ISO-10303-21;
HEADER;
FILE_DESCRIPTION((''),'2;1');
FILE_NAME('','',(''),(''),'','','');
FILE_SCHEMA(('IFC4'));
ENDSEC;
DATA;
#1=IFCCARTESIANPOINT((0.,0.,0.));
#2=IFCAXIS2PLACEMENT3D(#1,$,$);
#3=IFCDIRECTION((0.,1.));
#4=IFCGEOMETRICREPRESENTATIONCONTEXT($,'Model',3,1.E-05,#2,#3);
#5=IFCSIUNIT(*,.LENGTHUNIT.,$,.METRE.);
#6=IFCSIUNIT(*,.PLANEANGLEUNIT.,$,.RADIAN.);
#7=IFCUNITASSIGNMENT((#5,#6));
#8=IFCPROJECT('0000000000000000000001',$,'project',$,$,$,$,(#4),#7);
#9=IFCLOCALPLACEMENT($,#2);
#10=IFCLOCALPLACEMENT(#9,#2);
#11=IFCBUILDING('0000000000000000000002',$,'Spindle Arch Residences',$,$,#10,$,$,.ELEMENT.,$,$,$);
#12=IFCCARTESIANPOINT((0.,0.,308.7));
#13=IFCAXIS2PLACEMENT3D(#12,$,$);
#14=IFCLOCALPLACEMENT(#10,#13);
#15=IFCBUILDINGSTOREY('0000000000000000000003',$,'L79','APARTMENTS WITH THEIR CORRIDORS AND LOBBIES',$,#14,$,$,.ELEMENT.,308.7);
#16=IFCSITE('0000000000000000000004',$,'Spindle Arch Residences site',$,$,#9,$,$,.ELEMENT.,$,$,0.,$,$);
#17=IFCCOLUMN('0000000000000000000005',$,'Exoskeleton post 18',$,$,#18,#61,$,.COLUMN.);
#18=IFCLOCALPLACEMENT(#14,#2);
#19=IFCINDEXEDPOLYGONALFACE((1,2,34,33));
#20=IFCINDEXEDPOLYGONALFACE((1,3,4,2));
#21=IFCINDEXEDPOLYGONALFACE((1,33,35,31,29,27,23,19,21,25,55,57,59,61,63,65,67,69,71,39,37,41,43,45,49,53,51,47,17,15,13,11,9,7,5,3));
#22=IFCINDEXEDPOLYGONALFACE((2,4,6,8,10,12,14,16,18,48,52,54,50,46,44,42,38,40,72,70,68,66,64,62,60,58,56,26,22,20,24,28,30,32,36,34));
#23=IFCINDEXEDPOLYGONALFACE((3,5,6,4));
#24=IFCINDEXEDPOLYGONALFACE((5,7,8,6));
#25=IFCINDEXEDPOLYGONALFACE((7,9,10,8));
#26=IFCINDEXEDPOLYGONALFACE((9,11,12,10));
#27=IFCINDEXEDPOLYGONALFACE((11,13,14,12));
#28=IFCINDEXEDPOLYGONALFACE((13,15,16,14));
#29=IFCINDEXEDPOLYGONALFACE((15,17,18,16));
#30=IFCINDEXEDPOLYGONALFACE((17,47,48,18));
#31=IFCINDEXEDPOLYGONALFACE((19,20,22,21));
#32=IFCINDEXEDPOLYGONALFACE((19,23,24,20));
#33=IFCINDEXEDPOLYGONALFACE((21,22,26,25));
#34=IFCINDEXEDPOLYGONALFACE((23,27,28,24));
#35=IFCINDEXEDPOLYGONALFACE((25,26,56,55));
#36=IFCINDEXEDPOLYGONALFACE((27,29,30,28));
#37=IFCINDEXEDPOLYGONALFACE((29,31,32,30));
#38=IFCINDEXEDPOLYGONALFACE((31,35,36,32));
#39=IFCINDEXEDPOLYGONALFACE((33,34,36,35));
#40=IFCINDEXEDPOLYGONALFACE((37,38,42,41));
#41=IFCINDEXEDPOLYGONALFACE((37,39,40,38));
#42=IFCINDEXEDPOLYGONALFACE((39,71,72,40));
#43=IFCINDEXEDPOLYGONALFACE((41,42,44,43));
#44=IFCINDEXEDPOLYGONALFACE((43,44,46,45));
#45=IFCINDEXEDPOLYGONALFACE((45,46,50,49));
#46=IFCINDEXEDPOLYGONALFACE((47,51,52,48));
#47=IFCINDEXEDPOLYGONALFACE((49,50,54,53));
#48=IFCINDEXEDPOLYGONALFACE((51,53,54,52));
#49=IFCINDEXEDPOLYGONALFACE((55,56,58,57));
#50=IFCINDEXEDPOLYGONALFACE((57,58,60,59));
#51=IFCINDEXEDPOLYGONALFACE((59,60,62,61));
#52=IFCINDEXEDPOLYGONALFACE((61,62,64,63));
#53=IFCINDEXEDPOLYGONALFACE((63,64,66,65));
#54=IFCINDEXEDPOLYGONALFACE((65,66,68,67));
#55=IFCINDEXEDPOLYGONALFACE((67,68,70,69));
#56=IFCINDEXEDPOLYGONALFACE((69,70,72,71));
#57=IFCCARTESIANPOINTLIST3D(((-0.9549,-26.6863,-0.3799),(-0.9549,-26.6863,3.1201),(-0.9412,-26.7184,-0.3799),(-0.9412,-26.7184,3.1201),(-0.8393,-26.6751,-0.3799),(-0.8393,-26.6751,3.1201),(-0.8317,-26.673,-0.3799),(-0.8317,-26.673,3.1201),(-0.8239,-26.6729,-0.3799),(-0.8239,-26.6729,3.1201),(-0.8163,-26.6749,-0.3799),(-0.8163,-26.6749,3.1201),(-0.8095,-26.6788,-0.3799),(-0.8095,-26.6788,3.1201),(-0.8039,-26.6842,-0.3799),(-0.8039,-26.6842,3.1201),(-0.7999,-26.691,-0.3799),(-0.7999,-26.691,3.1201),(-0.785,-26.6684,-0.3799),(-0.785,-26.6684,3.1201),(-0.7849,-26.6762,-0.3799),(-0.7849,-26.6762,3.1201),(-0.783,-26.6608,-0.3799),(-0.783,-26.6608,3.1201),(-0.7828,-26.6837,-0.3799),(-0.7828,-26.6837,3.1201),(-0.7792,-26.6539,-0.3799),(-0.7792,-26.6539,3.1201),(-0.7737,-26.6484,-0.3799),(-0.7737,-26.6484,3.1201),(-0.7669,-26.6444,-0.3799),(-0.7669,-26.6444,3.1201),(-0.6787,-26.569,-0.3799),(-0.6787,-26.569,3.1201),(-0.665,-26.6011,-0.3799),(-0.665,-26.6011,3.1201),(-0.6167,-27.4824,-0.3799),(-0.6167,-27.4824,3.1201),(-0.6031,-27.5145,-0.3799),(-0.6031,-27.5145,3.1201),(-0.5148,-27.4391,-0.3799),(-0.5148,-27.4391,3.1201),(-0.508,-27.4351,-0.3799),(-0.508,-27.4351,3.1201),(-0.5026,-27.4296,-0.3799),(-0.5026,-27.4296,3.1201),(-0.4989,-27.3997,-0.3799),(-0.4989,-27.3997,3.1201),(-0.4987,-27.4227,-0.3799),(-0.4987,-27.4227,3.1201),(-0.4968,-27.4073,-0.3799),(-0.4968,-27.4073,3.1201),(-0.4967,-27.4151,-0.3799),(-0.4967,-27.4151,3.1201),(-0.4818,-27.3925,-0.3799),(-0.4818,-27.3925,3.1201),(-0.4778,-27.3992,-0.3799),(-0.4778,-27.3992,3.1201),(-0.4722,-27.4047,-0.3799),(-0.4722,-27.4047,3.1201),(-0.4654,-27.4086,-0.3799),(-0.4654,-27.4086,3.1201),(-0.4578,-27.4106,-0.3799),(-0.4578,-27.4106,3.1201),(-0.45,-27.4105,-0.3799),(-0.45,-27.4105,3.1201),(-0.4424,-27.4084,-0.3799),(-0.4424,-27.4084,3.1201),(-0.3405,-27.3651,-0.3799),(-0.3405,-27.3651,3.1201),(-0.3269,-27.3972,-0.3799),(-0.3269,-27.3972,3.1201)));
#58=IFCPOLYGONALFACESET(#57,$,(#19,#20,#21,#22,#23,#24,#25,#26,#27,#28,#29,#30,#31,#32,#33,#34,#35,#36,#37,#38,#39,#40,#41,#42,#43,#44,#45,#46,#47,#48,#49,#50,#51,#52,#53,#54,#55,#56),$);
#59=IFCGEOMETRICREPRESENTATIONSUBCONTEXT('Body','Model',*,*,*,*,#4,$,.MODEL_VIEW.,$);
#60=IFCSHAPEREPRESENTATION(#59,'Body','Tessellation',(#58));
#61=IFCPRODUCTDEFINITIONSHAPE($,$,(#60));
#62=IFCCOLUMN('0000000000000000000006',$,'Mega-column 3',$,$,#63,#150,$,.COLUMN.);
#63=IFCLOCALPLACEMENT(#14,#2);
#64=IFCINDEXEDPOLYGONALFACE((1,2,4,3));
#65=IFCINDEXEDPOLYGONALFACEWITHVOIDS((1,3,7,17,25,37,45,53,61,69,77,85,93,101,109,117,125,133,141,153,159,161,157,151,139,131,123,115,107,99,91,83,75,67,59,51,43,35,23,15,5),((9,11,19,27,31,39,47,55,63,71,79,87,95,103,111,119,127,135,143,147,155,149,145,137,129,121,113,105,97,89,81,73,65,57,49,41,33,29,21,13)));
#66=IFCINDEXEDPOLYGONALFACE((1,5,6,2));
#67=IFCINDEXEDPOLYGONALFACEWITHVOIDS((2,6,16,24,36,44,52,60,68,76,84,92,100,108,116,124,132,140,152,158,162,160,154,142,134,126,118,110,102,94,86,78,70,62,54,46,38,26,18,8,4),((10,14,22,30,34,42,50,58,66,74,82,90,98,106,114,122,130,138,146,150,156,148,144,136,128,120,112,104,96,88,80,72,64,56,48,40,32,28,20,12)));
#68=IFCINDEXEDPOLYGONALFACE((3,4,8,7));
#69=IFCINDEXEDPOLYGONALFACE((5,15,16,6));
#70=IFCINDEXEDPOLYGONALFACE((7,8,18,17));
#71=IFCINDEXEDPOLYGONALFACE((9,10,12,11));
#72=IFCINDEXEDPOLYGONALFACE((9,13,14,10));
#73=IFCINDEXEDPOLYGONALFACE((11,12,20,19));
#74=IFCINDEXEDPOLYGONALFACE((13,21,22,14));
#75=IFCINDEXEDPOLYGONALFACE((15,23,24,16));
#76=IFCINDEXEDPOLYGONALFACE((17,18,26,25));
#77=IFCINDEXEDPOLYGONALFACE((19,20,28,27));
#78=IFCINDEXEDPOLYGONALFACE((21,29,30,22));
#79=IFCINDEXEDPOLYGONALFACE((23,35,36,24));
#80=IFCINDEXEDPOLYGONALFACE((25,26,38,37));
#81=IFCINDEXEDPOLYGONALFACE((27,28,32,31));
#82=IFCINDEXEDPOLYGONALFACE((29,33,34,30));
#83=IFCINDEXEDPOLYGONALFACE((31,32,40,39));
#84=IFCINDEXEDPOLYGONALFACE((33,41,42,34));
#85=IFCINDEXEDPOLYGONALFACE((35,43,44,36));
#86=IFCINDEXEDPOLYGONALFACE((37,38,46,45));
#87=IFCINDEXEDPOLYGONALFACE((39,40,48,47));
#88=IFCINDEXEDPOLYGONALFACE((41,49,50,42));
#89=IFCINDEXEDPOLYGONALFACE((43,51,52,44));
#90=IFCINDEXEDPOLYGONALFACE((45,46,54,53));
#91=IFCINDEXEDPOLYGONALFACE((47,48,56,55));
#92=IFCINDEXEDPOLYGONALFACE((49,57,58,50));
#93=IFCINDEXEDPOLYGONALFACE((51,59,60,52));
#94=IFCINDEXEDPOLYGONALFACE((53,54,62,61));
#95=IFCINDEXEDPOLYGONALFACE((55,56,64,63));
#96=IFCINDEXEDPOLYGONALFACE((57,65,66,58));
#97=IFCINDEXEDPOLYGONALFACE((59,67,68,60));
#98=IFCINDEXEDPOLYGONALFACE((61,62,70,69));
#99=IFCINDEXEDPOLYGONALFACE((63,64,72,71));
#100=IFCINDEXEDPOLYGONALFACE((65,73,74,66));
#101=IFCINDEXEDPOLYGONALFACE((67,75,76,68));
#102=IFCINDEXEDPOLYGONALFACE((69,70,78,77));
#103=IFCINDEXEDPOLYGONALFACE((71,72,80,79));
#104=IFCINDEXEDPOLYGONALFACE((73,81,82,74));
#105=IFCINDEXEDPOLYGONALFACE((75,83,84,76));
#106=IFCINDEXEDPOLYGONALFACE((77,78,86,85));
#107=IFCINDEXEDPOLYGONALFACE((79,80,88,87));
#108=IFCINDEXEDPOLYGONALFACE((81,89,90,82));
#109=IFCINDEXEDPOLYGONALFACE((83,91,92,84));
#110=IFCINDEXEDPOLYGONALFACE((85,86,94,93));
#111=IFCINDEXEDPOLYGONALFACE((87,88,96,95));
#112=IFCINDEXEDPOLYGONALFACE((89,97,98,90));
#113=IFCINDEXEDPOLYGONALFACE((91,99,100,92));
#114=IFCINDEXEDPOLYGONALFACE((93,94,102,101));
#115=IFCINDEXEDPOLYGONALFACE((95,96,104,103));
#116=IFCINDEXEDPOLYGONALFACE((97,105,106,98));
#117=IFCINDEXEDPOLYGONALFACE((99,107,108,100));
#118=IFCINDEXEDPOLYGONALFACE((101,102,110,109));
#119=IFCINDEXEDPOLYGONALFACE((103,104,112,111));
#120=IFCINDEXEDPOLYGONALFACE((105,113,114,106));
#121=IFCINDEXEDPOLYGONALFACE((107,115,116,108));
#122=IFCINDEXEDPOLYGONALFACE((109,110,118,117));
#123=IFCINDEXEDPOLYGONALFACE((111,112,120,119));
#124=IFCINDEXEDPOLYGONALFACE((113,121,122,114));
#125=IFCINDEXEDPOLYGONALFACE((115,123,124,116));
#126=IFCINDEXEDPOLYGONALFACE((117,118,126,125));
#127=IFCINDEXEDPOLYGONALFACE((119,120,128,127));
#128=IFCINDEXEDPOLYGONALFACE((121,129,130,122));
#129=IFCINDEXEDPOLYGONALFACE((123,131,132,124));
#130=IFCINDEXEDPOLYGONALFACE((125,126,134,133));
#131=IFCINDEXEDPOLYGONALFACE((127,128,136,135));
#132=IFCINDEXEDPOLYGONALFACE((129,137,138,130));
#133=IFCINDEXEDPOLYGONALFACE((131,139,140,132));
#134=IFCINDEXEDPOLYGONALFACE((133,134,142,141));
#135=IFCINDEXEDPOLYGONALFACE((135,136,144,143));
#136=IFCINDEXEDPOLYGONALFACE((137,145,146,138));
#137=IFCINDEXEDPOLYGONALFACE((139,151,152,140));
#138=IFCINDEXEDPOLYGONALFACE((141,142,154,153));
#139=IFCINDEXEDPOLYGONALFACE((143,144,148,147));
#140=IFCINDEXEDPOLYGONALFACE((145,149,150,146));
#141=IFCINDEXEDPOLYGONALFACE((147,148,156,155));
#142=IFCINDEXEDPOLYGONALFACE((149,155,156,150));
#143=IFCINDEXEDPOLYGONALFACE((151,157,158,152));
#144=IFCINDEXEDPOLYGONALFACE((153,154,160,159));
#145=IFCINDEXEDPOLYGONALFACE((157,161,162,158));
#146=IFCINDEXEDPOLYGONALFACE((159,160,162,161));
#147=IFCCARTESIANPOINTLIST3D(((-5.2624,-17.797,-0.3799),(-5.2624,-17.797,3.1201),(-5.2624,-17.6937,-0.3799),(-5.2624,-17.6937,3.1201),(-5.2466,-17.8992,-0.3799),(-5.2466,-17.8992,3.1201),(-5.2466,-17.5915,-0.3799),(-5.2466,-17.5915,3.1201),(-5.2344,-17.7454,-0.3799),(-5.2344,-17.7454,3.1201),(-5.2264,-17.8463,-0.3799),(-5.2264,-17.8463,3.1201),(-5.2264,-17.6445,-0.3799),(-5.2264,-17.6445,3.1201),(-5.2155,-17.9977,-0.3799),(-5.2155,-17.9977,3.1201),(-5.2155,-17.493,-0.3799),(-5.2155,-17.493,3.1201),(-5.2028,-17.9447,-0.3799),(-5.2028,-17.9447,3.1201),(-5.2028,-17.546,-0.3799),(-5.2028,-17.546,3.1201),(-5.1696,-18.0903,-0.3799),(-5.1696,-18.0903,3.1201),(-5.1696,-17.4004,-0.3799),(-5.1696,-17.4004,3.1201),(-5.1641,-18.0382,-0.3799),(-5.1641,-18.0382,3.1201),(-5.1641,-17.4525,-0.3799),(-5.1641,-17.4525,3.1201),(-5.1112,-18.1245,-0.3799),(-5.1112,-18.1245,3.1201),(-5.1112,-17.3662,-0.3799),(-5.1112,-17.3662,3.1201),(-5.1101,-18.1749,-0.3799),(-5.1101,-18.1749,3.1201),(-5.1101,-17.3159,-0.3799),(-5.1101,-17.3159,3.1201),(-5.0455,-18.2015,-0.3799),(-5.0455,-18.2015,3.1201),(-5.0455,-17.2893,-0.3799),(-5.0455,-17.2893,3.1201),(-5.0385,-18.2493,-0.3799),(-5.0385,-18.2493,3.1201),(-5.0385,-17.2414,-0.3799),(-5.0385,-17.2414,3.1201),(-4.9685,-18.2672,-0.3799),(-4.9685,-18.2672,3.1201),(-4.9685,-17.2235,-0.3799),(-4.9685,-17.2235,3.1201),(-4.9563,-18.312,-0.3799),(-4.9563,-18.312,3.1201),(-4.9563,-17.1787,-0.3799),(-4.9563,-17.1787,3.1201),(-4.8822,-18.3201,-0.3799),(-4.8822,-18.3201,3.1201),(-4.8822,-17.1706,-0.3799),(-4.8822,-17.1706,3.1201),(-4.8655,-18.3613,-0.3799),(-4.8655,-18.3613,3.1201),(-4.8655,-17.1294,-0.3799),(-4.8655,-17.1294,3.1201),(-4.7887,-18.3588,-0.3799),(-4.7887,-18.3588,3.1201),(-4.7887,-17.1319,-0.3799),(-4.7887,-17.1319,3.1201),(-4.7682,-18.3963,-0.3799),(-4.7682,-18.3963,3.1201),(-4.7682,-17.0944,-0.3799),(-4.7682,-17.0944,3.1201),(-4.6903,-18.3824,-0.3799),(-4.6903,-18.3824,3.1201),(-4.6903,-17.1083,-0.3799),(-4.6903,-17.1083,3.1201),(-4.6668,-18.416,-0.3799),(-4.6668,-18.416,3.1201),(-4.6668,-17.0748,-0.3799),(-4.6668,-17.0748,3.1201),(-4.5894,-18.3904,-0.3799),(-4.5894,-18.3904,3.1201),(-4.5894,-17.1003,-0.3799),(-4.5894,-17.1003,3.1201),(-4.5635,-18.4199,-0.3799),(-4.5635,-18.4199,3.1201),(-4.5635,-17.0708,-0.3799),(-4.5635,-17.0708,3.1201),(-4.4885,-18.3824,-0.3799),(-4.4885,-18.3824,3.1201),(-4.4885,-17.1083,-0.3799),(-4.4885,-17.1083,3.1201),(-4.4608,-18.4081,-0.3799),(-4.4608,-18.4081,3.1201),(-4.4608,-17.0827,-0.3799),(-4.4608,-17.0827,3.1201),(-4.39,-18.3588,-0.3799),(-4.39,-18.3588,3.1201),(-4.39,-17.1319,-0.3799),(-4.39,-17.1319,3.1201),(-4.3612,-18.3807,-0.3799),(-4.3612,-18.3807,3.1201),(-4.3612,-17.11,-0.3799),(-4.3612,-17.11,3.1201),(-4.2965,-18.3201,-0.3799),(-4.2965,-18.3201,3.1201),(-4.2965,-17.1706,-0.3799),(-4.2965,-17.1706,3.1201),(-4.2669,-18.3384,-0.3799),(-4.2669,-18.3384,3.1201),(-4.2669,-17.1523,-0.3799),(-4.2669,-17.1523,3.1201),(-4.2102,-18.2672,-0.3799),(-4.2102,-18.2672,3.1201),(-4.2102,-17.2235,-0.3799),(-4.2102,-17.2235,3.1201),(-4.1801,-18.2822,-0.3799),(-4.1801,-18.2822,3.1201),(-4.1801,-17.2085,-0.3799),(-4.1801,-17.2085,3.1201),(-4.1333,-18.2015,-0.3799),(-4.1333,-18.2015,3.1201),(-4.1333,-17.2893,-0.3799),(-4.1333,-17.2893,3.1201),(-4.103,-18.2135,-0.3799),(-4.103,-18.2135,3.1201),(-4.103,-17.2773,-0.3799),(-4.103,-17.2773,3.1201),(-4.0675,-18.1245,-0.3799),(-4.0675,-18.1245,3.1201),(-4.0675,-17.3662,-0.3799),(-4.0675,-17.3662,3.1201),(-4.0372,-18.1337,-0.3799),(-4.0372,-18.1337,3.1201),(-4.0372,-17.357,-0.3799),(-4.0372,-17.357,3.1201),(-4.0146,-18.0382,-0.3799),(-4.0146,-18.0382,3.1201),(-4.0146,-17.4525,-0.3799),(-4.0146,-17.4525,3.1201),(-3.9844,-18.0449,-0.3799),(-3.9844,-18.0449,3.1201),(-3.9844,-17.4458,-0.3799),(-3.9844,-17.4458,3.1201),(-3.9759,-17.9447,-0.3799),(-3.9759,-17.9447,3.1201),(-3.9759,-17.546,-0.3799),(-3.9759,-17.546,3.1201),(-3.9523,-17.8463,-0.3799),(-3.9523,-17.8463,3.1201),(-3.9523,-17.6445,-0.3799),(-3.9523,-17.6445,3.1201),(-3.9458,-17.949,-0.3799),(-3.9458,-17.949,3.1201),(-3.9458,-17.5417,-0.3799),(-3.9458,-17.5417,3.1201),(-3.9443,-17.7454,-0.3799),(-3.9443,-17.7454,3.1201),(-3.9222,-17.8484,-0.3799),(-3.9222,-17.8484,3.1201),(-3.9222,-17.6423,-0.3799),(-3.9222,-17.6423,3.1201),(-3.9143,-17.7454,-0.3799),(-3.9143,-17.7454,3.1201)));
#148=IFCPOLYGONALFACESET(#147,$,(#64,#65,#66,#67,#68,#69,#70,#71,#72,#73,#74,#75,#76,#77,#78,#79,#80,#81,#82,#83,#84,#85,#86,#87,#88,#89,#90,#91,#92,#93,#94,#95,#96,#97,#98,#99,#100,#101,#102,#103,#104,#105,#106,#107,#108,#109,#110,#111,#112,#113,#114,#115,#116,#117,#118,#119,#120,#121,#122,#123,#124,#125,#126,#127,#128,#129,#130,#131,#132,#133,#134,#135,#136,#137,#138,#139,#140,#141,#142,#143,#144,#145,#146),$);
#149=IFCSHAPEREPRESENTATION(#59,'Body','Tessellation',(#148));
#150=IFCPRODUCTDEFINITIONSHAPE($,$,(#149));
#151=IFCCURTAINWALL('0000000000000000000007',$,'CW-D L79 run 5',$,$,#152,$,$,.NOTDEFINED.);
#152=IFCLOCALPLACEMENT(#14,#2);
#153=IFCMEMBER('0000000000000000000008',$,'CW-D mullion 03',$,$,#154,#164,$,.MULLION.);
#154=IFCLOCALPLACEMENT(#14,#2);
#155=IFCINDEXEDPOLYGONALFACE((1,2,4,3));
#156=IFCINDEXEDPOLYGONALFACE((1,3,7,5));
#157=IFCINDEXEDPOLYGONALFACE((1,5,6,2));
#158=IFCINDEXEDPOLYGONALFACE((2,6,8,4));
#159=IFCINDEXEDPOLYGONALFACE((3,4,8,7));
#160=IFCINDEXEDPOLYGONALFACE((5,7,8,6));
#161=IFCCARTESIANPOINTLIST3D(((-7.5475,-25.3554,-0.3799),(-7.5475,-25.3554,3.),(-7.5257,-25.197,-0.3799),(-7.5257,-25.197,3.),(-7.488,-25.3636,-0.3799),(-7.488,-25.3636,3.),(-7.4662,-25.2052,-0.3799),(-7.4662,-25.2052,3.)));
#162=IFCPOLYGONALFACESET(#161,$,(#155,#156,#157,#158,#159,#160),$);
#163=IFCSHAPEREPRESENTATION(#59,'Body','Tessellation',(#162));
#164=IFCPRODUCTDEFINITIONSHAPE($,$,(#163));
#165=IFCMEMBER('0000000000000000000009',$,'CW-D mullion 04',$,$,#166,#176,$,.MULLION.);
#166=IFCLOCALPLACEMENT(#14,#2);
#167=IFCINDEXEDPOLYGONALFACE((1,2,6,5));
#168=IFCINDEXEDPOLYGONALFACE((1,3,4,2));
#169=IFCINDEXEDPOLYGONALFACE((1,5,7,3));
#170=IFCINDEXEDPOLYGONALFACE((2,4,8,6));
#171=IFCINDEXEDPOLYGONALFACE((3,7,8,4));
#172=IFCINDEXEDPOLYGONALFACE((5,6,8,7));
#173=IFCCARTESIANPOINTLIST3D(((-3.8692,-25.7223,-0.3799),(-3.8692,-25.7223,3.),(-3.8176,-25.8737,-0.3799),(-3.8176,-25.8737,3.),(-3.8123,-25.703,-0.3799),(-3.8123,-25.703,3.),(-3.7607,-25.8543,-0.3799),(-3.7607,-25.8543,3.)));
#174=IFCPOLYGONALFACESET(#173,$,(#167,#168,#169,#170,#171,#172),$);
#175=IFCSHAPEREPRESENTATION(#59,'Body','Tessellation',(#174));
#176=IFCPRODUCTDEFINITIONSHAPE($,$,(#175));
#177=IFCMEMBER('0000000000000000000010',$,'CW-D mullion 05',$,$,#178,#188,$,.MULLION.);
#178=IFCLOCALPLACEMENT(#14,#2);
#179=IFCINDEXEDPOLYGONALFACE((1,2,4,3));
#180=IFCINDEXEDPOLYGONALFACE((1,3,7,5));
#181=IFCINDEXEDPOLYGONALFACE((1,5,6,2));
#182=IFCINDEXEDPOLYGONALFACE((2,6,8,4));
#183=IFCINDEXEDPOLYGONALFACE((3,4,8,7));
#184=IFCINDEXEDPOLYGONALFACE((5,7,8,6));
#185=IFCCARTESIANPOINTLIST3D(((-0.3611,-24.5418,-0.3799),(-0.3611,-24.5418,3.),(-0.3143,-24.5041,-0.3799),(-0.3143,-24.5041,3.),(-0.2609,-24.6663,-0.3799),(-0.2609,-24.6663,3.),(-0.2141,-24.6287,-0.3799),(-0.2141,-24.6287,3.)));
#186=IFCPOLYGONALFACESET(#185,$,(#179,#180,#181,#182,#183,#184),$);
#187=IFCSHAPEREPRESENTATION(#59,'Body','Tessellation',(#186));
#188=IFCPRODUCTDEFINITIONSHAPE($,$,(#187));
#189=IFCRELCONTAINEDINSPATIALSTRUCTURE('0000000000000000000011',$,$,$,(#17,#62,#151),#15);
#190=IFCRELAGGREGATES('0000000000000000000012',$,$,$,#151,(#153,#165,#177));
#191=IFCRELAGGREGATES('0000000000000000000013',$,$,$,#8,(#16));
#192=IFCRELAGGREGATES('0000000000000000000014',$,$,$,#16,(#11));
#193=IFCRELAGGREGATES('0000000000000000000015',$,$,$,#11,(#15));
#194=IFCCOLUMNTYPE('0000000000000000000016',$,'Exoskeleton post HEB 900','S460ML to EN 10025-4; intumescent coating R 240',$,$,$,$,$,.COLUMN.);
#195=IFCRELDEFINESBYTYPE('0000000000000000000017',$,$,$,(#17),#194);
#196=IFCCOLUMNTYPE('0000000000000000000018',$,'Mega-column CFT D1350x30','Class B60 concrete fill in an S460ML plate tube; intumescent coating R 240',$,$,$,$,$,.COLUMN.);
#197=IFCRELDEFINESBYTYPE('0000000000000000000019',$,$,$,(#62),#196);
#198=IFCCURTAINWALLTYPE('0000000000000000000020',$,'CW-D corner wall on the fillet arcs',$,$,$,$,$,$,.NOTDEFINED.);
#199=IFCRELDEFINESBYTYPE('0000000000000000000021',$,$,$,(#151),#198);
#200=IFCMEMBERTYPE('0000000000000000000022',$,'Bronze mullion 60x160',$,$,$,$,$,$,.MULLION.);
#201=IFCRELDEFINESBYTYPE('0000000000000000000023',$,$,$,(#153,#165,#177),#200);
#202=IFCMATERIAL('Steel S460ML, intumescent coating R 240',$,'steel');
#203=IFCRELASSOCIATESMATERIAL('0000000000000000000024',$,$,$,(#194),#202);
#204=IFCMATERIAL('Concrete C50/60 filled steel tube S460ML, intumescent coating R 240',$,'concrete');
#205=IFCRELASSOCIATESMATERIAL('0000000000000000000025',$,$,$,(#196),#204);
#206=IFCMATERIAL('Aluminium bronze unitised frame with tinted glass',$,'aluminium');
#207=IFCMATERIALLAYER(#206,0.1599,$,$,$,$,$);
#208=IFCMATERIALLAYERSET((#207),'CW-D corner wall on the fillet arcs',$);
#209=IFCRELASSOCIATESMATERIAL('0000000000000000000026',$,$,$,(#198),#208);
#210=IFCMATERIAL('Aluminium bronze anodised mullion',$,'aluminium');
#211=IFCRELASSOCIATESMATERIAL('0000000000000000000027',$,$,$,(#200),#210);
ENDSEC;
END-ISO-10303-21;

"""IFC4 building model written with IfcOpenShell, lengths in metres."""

from ifc_helpers import new_model, si_unit, direction, frame, origin, origin_2d, place, context, subcontext, project, spatial, rectangle, hollow_circle, i_section, extrude, material, layer, layer_set, material_profile, profile_set, type_object, element, aggregate, save


model = new_model("IFC4")

# Units and contexts
model_context = context("Model", 3, precision=1e-05, world=origin(), true_north=direction((0.0, 1.0)))
body_context = subcontext(model_context, "Body", "Model", "MODEL_VIEW")
ifc_project = project(units=[si_unit("LENGTHUNIT", "METRE"), si_unit("PLANEANGLEUNIT", "RADIAN")], contexts=[model_context])

# Site, building, storey
site_placement = place(None, origin())
site = spatial("IfcSite", under=ifc_project, at=site_placement, Name="Spindle Arch Residences site", CompositionType="ELEMENT", RefElevation=0.0)
building_placement = place(site_placement, origin())
building = spatial("IfcBuilding", under=site, at=building_placement, Name="Spindle Arch Residences", CompositionType="ELEMENT")
storey_placement = place(building_placement, frame((0.0, 0.0, 308.7)))
storey = spatial("IfcBuildingStorey", under=building, at=storey_placement, Name="L79", Description="APARTMENTS WITH THEIR CORRIDORS AND LOBBIES", CompositionType="ELEMENT", Elevation=308.7)

# Columns
ifc_material_1 = material(Name="Steel S460ML, intumescent coating R 240", Category="steel")
ifc_material_profile_1 = material_profile(ifc_material_1, i_section(OverallWidth=0.3, OverallDepth=0.8999, WebThickness=0.0186, FlangeThickness=0.0349, FilletRadius=0.03, at=origin_2d()), Name="HEB 900")
ifc_profile_set_1 = profile_set([ifc_material_profile_1], Name="Steel S460ML, intumescent coating R 240")
column_type_1 = type_object("IfcColumnType", Name="Exoskeleton post HEB 900", Description="S460ML to EN 10025-4; intumescent coating R 240", PredefinedType="COLUMN", material=ifc_profile_set_1)
column_1_placement = place(storey_placement, frame((-0.6409, -27.0417, -0.3799), z_axis=(0.0, 0.0, 1.0), x_axis=(-0.920422, -0.390926, 0.0)))
element("IfcColumn", 1, at=column_1_placement, inside=storey, type_object=column_type_1, Name="Exoskeleton post 18", PredefinedType="COLUMN", context=body_context, shape_type="SweptSolid", body=[
    extrude(i_section(OverallWidth=0.3, OverallDepth=0.8999, WebThickness=0.0186, FlangeThickness=0.0349, FilletRadius=0.03, at=origin_2d()), origin(), (0.0, 0.0, 1.0), 3.5),
])
ifc_material_2 = material(Name="Concrete C50/60 filled steel tube S460ML, intumescent coating R 240", Category="concrete")
ifc_material_profile_2 = material_profile(ifc_material_2, hollow_circle(Radius=0.675, WallThickness=0.03, at=origin_2d()), Name="CFT D1350x30")
ifc_profile_set_2 = profile_set([ifc_material_profile_2], Name="Concrete C50/60 filled steel tube S460ML, intumescent coating R 240")
column_type_2 = type_object("IfcColumnType", Name="Mega-column CFT D1350x30", Description="Class B60 concrete fill in an S460ML plate tube; intumescent coating R 240", PredefinedType="COLUMN", material=ifc_profile_set_2)
column_2_placement = place(storey_placement, frame((-4.5894, -17.7454, -0.3799), z_axis=(0.0, 0.0, 1.0), x_axis=(1.0, 0.0, 0.0)))
element("IfcColumn", 2, at=column_2_placement, inside=storey, type_object=column_type_2, Name="Mega-column 3", PredefinedType="COLUMN", context=body_context, shape_type="SweptSolid", body=[
    extrude(hollow_circle(Radius=0.675, WallThickness=0.03, at=origin_2d()), origin(), (0.0, 0.0, 1.0), 3.5),
])

# Curtain wall, members
ifc_material_3 = material(Name="Aluminium bronze unitised frame with tinted glass", Category="aluminium")
ifc_layer_1 = layer(ifc_material_3, 0.1599)
ifc_layer_set_1 = layer_set([ifc_layer_1], Name="CW-D corner wall on the fillet arcs")
curtain_wall_type = type_object("IfcCurtainWallType", Name="CW-D corner wall on the fillet arcs", PredefinedType="NOTDEFINED", material=ifc_layer_set_1)
curtain_wall_placement = place(storey_placement, origin())
curtain_wall = element("IfcCurtainWall", 3, at=curtain_wall_placement, inside=storey, type_object=curtain_wall_type, Name="CW-D L79 run 5", PredefinedType="NOTDEFINED")
ifc_material_4 = material(Name="Aluminium bronze anodised mullion", Category="aluminium")
ifc_material_profile_3 = material_profile(ifc_material_4, rectangle(XDim=0.1599, YDim=0.0601, at=origin_2d()), Name="MU 60x160")
ifc_profile_set_3 = profile_set([ifc_material_profile_3], Name="Aluminium bronze anodised mullion")
member_type_1 = type_object("IfcMemberType", Name="Bronze mullion 60x160", PredefinedType="MULLION", material=ifc_profile_set_3)
member_1_placement = place(storey_placement, frame((-7.5068, -25.2803, -0.3799), z_axis=(0.0, 0.0, 1.0), x_axis=(0.136292, 0.990669, 0.0)))
member_1 = element("IfcMember", 4, at=member_1_placement, type_object=member_type_1, Name="CW-D mullion 03", PredefinedType="MULLION", context=body_context, shape_type="SweptSolid", body=[
    extrude(rectangle(XDim=0.1599, YDim=0.0601, at=origin_2d()), origin(), (0.0, 0.0, 1.0), 3.3799),
])
member_2_placement = place(storey_placement, frame((-3.8149, -25.7883, -0.3799), z_axis=(0.0, 0.0, 1.0), x_axis=(-0.322816, 0.946462, 0.0)))
member_2 = element("IfcMember", 5, at=member_2_placement, type_object=member_type_1, Name="CW-D mullion 04", PredefinedType="MULLION", context=body_context, shape_type="SweptSolid", body=[
    extrude(rectangle(XDim=0.1599, YDim=0.0601, at=origin_2d()), origin(), (0.0, 0.0, 1.0), 3.3799),
])
member_3_placement = place(storey_placement, frame((-0.2876, -24.5852, -0.3799), z_axis=(0.0, 0.0, 1.0), x_axis=(-0.627057, 0.778973, 0.0)))
member_3 = element("IfcMember", 6, at=member_3_placement, type_object=member_type_1, Name="CW-D mullion 05", PredefinedType="MULLION", context=body_context, shape_type="SweptSolid", body=[
    extrude(rectangle(XDim=0.1599, YDim=0.0601, at=origin_2d()), origin(), (0.0, 0.0, 1.0), 3.3799),
])

aggregate(curtain_wall, [member_1, member_2, member_3])

save(model, "model.ifc")
